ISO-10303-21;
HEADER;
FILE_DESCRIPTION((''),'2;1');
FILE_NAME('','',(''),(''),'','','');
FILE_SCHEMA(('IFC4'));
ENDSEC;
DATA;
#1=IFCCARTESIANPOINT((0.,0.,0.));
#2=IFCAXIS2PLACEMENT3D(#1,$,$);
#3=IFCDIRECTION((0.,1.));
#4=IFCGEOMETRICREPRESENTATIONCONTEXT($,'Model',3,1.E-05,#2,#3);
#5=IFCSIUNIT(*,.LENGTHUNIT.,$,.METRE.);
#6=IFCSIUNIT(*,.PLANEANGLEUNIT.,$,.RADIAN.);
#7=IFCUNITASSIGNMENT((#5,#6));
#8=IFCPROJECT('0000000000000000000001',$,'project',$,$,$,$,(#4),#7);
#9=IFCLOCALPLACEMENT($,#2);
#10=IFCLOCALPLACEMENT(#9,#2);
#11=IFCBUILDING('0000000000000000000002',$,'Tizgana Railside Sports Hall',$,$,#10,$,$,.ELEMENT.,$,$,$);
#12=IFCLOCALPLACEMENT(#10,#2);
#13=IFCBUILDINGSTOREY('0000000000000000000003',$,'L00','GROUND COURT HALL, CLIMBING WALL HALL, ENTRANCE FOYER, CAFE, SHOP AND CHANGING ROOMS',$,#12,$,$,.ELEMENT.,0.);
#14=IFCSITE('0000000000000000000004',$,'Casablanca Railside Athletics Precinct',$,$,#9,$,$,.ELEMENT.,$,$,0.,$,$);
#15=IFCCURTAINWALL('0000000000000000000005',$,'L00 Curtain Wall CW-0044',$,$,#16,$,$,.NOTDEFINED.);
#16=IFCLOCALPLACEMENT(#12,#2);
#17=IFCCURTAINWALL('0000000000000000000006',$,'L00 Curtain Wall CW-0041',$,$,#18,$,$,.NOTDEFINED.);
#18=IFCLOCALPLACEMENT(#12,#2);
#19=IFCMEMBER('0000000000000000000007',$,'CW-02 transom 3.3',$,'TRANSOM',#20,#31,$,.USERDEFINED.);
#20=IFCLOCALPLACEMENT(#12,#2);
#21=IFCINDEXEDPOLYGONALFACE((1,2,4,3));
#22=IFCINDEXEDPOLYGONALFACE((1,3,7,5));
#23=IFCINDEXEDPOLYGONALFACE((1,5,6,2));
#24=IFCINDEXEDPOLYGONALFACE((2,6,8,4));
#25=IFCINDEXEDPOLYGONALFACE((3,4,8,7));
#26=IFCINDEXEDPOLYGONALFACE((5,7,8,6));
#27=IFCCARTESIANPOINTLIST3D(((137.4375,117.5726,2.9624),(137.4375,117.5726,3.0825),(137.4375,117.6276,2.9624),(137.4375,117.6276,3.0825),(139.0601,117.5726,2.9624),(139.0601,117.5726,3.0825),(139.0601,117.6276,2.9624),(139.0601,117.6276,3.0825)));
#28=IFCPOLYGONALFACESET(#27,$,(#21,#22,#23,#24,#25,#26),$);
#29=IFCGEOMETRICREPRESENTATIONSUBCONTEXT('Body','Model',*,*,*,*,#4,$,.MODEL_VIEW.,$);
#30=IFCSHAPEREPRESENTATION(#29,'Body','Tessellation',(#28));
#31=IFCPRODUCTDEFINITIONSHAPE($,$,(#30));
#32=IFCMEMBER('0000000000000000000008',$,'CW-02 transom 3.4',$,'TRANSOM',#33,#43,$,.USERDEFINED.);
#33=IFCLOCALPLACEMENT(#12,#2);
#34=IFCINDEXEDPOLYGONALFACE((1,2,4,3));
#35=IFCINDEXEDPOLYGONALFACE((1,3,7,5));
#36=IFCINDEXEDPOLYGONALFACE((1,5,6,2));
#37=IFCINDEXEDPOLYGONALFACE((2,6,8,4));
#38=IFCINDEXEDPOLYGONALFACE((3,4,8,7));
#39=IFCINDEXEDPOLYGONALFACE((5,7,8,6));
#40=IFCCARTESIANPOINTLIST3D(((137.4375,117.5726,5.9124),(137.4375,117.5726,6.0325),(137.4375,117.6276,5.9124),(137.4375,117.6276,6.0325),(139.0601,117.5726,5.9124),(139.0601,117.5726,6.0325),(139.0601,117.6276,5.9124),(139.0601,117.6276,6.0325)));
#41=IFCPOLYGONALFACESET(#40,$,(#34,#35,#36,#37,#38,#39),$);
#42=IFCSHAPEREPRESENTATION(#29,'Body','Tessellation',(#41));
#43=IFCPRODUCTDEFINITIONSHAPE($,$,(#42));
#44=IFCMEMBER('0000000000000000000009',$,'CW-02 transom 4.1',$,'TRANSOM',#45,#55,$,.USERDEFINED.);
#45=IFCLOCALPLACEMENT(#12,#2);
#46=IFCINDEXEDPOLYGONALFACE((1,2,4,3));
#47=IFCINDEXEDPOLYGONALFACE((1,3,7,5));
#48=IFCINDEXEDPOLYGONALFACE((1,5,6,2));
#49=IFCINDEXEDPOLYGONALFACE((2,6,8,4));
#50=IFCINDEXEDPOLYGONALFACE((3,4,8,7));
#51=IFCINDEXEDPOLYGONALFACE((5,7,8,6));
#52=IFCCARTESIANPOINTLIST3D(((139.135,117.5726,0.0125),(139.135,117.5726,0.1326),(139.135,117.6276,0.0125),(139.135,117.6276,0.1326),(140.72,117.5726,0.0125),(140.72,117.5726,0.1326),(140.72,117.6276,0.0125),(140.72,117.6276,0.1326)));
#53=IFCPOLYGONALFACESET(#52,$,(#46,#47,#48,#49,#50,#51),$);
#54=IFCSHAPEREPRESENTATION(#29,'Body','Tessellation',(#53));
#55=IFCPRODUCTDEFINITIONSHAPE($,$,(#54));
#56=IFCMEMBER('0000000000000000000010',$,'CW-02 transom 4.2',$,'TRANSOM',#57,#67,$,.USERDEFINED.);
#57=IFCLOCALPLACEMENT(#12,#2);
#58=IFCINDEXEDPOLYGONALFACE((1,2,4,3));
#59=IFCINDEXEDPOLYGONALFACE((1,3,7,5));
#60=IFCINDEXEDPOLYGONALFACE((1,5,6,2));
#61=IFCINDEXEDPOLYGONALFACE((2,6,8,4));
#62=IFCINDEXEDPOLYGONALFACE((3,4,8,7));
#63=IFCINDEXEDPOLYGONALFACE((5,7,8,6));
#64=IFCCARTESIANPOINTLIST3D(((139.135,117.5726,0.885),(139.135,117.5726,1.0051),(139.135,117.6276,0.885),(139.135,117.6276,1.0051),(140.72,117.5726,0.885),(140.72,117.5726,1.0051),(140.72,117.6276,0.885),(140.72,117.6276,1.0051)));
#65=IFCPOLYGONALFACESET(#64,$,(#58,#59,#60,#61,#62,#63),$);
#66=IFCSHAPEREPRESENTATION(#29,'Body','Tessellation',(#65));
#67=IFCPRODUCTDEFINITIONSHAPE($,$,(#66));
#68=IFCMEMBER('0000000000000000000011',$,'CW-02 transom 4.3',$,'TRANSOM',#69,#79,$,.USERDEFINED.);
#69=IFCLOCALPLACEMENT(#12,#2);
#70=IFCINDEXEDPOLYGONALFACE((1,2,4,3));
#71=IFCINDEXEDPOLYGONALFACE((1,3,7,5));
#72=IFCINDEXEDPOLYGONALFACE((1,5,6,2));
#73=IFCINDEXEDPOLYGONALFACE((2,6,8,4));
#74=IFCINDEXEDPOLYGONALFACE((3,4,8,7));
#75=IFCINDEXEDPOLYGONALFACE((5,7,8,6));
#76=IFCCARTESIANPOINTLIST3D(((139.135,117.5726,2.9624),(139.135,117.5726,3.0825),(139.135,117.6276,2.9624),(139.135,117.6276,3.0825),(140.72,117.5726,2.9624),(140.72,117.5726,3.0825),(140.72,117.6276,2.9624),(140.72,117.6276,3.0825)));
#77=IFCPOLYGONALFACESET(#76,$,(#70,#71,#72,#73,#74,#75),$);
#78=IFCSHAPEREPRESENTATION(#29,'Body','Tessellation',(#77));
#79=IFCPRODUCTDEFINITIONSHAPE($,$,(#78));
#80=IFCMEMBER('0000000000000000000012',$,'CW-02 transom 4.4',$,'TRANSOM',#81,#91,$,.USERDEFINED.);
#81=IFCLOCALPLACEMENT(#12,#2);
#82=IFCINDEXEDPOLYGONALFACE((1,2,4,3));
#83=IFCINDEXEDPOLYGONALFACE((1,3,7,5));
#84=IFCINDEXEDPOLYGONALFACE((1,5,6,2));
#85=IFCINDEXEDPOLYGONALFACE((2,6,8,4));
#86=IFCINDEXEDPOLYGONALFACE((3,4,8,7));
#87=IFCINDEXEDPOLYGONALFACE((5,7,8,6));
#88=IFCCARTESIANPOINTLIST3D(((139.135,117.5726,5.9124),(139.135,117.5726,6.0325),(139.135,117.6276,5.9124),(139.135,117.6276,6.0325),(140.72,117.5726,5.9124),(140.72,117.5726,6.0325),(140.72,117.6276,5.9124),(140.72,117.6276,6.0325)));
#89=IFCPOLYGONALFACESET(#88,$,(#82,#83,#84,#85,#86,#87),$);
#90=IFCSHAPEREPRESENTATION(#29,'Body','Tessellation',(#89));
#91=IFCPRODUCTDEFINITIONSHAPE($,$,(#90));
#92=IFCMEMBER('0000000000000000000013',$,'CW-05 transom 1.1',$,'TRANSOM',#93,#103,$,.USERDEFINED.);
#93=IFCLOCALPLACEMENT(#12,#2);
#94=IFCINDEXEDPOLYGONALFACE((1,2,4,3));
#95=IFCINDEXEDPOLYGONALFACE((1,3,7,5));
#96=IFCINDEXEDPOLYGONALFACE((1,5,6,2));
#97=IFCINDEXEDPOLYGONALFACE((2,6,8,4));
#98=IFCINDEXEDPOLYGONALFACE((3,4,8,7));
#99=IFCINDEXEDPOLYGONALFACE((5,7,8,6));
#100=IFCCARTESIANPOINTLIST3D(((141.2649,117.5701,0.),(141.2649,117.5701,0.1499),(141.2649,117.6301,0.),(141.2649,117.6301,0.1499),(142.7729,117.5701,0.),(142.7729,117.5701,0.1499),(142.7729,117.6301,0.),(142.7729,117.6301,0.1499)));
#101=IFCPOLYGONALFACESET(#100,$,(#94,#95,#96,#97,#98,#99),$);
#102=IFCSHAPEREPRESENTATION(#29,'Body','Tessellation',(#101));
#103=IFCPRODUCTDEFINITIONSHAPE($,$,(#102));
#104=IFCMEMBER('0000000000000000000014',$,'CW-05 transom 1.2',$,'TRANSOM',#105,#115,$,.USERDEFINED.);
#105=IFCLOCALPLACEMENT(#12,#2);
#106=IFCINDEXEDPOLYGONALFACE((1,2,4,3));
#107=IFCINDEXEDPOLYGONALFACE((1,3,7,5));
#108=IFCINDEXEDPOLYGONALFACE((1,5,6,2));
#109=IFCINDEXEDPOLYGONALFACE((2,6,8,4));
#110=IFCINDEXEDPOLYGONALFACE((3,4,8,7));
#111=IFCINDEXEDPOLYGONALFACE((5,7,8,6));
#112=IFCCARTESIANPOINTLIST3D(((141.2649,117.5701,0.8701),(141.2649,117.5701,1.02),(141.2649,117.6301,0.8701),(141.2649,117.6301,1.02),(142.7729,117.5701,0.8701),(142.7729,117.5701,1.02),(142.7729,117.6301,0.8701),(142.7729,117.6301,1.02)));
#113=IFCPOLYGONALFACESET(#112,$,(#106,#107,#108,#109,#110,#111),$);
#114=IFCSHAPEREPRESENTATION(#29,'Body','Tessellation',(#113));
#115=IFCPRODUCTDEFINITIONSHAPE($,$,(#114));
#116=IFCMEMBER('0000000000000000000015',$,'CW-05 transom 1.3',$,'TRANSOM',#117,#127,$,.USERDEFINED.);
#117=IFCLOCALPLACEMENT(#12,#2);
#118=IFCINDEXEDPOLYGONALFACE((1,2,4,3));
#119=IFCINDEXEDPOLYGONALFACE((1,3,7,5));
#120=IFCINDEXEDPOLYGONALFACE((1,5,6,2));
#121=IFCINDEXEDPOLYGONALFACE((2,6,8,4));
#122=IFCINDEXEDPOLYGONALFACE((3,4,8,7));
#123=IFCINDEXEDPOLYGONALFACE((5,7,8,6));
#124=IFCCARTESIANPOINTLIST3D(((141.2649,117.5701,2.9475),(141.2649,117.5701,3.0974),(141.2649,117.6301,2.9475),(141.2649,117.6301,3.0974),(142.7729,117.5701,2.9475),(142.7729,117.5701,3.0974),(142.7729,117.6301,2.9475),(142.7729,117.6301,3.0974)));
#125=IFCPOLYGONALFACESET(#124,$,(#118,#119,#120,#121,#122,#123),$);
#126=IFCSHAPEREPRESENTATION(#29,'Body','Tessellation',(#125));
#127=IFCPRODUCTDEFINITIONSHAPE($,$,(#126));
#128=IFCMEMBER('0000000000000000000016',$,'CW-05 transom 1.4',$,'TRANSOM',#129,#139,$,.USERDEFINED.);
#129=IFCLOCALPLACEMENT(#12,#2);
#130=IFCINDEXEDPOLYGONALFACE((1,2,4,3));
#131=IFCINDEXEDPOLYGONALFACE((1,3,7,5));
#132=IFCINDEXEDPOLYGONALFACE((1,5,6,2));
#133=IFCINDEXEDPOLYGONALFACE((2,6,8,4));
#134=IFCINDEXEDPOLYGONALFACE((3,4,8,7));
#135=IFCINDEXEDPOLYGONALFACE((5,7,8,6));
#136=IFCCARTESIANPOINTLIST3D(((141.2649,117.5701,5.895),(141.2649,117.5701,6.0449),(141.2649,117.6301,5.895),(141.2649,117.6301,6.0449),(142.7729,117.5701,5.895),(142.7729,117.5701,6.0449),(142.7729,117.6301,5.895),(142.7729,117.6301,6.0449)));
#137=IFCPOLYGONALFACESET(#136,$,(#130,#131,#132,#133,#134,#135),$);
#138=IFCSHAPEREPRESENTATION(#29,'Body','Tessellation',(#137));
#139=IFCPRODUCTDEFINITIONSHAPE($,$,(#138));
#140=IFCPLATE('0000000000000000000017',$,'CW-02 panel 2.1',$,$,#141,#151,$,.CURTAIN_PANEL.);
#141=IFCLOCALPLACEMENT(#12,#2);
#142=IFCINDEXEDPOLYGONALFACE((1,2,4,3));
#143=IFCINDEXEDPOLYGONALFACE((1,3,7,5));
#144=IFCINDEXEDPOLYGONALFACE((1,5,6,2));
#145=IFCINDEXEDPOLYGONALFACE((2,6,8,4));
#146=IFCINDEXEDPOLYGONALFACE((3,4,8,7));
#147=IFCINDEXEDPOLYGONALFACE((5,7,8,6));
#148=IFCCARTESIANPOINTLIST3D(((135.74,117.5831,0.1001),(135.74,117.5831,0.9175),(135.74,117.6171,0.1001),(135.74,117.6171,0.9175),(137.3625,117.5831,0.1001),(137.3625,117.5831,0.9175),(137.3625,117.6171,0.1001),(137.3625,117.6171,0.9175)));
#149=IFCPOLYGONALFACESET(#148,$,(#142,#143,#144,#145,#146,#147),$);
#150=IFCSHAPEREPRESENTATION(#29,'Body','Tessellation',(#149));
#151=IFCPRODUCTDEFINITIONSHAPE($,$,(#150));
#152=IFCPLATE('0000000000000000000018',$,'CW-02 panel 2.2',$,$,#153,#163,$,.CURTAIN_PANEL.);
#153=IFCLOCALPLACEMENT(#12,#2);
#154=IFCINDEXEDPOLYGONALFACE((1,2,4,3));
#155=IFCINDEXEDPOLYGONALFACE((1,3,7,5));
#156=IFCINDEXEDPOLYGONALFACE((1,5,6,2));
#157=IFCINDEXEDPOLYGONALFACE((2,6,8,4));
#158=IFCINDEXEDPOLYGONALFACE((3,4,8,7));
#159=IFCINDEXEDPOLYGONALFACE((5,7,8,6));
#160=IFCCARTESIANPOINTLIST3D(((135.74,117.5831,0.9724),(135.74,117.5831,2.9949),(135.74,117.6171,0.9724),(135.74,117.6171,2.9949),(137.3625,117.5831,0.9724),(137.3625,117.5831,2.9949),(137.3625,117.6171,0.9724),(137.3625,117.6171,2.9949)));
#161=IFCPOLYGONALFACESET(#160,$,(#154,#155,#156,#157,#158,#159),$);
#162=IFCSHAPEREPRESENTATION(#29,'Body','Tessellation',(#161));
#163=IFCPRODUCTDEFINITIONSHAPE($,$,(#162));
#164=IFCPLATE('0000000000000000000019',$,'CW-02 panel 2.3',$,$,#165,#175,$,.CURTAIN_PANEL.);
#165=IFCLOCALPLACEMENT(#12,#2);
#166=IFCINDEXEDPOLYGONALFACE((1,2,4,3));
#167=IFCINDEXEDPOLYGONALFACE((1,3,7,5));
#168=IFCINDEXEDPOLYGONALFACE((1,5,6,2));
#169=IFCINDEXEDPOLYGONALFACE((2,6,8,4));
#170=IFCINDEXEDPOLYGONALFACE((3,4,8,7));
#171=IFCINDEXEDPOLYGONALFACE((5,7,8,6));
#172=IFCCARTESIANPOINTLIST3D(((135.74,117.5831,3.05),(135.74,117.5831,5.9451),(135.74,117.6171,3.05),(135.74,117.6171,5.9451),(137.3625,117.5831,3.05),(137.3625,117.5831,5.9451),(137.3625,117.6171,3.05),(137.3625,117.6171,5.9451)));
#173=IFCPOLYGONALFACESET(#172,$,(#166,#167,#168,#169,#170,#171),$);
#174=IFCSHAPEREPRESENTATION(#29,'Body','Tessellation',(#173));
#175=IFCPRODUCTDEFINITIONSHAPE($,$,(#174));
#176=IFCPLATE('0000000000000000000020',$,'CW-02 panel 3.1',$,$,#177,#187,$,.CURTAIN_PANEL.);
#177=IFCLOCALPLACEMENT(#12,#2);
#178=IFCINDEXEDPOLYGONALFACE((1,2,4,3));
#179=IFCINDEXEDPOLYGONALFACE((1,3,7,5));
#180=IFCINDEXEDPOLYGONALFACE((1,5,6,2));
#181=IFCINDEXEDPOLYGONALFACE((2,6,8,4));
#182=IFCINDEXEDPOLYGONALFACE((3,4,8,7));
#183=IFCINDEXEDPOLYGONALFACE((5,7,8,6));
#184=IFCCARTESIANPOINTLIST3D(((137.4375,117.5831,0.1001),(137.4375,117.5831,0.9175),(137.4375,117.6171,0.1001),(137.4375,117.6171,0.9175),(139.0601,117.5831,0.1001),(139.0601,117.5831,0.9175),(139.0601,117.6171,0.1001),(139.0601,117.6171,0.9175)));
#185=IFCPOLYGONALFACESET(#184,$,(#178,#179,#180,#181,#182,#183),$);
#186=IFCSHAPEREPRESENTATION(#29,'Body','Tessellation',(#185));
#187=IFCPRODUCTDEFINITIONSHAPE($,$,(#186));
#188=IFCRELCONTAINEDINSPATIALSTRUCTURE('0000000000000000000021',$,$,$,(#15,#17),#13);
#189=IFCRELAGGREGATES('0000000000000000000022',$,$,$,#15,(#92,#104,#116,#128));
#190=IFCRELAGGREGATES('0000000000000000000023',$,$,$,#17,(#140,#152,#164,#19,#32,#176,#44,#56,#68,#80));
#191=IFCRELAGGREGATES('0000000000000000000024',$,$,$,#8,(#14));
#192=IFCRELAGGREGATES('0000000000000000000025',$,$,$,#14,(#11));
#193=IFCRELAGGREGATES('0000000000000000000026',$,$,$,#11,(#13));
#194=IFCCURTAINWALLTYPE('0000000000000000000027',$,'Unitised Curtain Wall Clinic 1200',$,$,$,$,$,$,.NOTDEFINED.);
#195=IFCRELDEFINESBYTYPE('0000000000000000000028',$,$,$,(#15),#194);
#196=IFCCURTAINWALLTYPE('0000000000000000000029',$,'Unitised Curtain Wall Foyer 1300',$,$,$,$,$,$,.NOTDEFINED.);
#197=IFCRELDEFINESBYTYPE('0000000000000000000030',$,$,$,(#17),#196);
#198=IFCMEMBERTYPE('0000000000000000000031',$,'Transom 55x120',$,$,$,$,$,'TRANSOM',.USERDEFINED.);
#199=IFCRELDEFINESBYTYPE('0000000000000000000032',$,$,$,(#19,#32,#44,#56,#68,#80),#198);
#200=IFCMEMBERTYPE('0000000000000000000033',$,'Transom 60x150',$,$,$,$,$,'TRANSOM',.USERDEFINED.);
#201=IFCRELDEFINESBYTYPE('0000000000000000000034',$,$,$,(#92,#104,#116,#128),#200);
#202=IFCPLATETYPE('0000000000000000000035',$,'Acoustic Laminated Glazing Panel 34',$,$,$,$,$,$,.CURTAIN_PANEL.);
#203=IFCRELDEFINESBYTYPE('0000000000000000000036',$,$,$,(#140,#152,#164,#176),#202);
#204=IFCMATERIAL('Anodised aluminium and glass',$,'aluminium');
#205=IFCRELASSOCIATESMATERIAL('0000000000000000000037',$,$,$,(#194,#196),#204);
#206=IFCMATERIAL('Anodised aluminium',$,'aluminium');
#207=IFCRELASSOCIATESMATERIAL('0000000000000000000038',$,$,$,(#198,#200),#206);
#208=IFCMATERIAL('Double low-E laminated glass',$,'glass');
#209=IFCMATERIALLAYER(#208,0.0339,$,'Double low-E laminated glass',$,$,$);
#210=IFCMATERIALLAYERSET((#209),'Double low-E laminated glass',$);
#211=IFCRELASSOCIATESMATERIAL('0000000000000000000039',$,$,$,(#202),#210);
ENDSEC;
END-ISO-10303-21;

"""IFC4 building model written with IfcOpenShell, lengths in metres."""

from ifc_helpers import new_model, si_unit, direction, frame, origin, origin_2d, place, context, subcontext, project, spatial, rectangle, extrude, material, layer, layer_set, material_profile, profile_set, type_object, element, aggregate, save


model = new_model("IFC4")

# Units and contexts
model_context = context("Model", 3, precision=1e-05, world=origin(), true_north=direction((0.0, 1.0)))
body_context = subcontext(model_context, "Body", "Model", "MODEL_VIEW")
ifc_project = project(units=[si_unit("LENGTHUNIT", "METRE"), si_unit("PLANEANGLEUNIT", "RADIAN")], contexts=[model_context])

# Site, building, storey
site_placement = place(None, origin())
site = spatial("IfcSite", under=ifc_project, at=site_placement, Name="Casablanca Railside Athletics Precinct", CompositionType="ELEMENT", RefElevation=0.0)
building_placement = place(site_placement, origin())
building = spatial("IfcBuilding", under=site, at=building_placement, Name="Tizgana Railside Sports Hall", CompositionType="ELEMENT")
storey_placement = place(building_placement, origin())
storey = spatial("IfcBuildingStorey", under=building, at=storey_placement, Name="L00", Description="GROUND COURT HALL, CLIMBING WALL HALL, ENTRANCE FOYER, CAFE, SHOP AND CHANGING ROOMS", CompositionType="ELEMENT", Elevation=0.0)

# Curtain wall
ifc_material_1 = material(Name="Anodised aluminium and glass", Category="aluminium")
curtain_wall_type_1 = type_object("IfcCurtainWallType", Name="Unitised Curtain Wall Clinic 1200", PredefinedType="NOTDEFINED", material=ifc_material_1)
curtain_wall_1_placement = place(storey_placement, origin())
curtain_wall_1 = element("IfcCurtainWall", 1, at=curtain_wall_1_placement, inside=storey, type_object=curtain_wall_type_1, Name="L00 Curtain Wall CW-0044", PredefinedType="NOTDEFINED")
ifc_material_2 = material(Name="Anodised aluminium", Category="aluminium")

# Curtain wall, members
curtain_wall_type_2 = type_object("IfcCurtainWallType", Name="Unitised Curtain Wall Foyer 1300", PredefinedType="NOTDEFINED", material=ifc_material_1)
curtain_wall_2_placement = place(storey_placement, origin())
curtain_wall_2 = element("IfcCurtainWall", 2, at=curtain_wall_2_placement, inside=storey, type_object=curtain_wall_type_2, Name="L00 Curtain Wall CW-0041", PredefinedType="NOTDEFINED")
ifc_material_profile_1 = material_profile(ifc_material_2, rectangle(XDim=0.0549, YDim=0.1201, at=origin_2d()), Name="Transom 55x120")
ifc_profile_set_1 = profile_set([ifc_material_profile_1], Name="Anodised aluminium")
member_type_1 = type_object("IfcMemberType", Name="Transom 55x120", ElementType="TRANSOM", PredefinedType="USERDEFINED", material=ifc_profile_set_1)
member_1_placement = place(storey_placement, frame((137.4375, 117.6001, 3.0225), z_axis=(1.0, 0.0, 0.0), x_axis=(0.0, 1.0, 0.0)))
member_1 = element("IfcMember", 3, at=member_1_placement, type_object=member_type_1, Name="CW-02 transom 3.3", ObjectType="TRANSOM", PredefinedType="USERDEFINED", context=body_context, shape_type="SweptSolid", body=[
    extrude(rectangle(XDim=0.0549, YDim=0.1201, at=origin_2d()), origin(), (0.0, 0.0, 1.0), 1.6226),
])
member_2_placement = place(storey_placement, frame((137.4375, 117.6001, 5.9724), z_axis=(1.0, 0.0, 0.0), x_axis=(0.0, 1.0, 0.0)))
member_2 = element("IfcMember", 4, at=member_2_placement, type_object=member_type_1, Name="CW-02 transom 3.4", ObjectType="TRANSOM", PredefinedType="USERDEFINED", context=body_context, shape_type="SweptSolid", body=[
    extrude(rectangle(XDim=0.0549, YDim=0.1201, at=origin_2d()), origin(), (0.0, 0.0, 1.0), 1.6226),
])
member_3_placement = place(storey_placement, frame((139.135, 117.6001, 0.0725), z_axis=(1.0, 0.0, 0.0), x_axis=(0.0, 1.0, 0.0)))
member_3 = element("IfcMember", 5, at=member_3_placement, type_object=member_type_1, Name="CW-02 transom 4.1", ObjectType="TRANSOM", PredefinedType="USERDEFINED", context=body_context, shape_type="SweptSolid", body=[
    extrude(rectangle(XDim=0.0549, YDim=0.1201, at=origin_2d()), origin(), (0.0, 0.0, 1.0), 1.585),
])
member_4_placement = place(storey_placement, frame((139.135, 117.6001, 0.9451), z_axis=(1.0, 0.0, 0.0), x_axis=(0.0, 1.0, 0.0)))
member_4 = element("IfcMember", 6, at=member_4_placement, type_object=member_type_1, Name="CW-02 transom 4.2", ObjectType="TRANSOM", PredefinedType="USERDEFINED", context=body_context, shape_type="SweptSolid", body=[
    extrude(rectangle(XDim=0.0549, YDim=0.1201, at=origin_2d()), origin(), (0.0, 0.0, 1.0), 1.585),
])
member_5_placement = place(storey_placement, frame((139.135, 117.6001, 3.0225), z_axis=(1.0, 0.0, 0.0), x_axis=(0.0, 1.0, 0.0)))
member_5 = element("IfcMember", 7, at=member_5_placement, type_object=member_type_1, Name="CW-02 transom 4.3", ObjectType="TRANSOM", PredefinedType="USERDEFINED", context=body_context, shape_type="SweptSolid", body=[
    extrude(rectangle(XDim=0.0549, YDim=0.1201, at=origin_2d()), origin(), (0.0, 0.0, 1.0), 1.585),
])
member_6_placement = place(storey_placement, frame((139.135, 117.6001, 5.9724), z_axis=(1.0, 0.0, 0.0), x_axis=(0.0, 1.0, 0.0)))
member_6 = element("IfcMember", 8, at=member_6_placement, type_object=member_type_1, Name="CW-02 transom 4.4", ObjectType="TRANSOM", PredefinedType="USERDEFINED", context=body_context, shape_type="SweptSolid", body=[
    extrude(rectangle(XDim=0.0549, YDim=0.1201, at=origin_2d()), origin(), (0.0, 0.0, 1.0), 1.585),
])

# Members
ifc_material_profile_2 = material_profile(ifc_material_2, rectangle(XDim=0.0601, YDim=0.1499, at=origin_2d()), Name="Transom 60x150")
ifc_profile_set_2 = profile_set([ifc_material_profile_2], Name="Anodised aluminium")
member_type_2 = type_object("IfcMemberType", Name="Transom 60x150", ElementType="TRANSOM", PredefinedType="USERDEFINED", material=ifc_profile_set_2)
member_7_placement = place(storey_placement, frame((141.2649, 117.6001, 0.075), z_axis=(1.0, 0.0, 0.0), x_axis=(0.0, 1.0, 0.0)))
member_7 = element("IfcMember", 9, at=member_7_placement, type_object=member_type_2, Name="CW-05 transom 1.1", ObjectType="TRANSOM", PredefinedType="USERDEFINED", context=body_context, shape_type="SweptSolid", body=[
    extrude(rectangle(XDim=0.0601, YDim=0.1499, at=origin_2d()), origin(), (0.0, 0.0, 1.0), 1.5081),
])
member_8_placement = place(storey_placement, frame((141.2649, 117.6001, 0.9451), z_axis=(1.0, 0.0, 0.0), x_axis=(0.0, 1.0, 0.0)))
member_8 = element("IfcMember", 10, at=member_8_placement, type_object=member_type_2, Name="CW-05 transom 1.2", ObjectType="TRANSOM", PredefinedType="USERDEFINED", context=body_context, shape_type="SweptSolid", body=[
    extrude(rectangle(XDim=0.0601, YDim=0.1499, at=origin_2d()), origin(), (0.0, 0.0, 1.0), 1.5081),
])
member_9_placement = place(storey_placement, frame((141.2649, 117.6001, 3.0225), z_axis=(1.0, 0.0, 0.0), x_axis=(0.0, 1.0, 0.0)))
member_9 = element("IfcMember", 11, at=member_9_placement, type_object=member_type_2, Name="CW-05 transom 1.3", ObjectType="TRANSOM", PredefinedType="USERDEFINED", context=body_context, shape_type="SweptSolid", body=[
    extrude(rectangle(XDim=0.0601, YDim=0.1499, at=origin_2d()), origin(), (0.0, 0.0, 1.0), 1.5081),
])
member_10_placement = place(storey_placement, frame((141.2649, 117.6001, 5.97), z_axis=(1.0, 0.0, 0.0), x_axis=(0.0, 1.0, 0.0)))
member_10 = element("IfcMember", 12, at=member_10_placement, type_object=member_type_2, Name="CW-05 transom 1.4", ObjectType="TRANSOM", PredefinedType="USERDEFINED", context=body_context, shape_type="SweptSolid", body=[
    extrude(rectangle(XDim=0.0601, YDim=0.1499, at=origin_2d()), origin(), (0.0, 0.0, 1.0), 1.5081),
])
aggregate(curtain_wall_1, [member_7, member_8, member_9, member_10])

# Plates
ifc_material_3 = material(Name="Double low-E laminated glass", Category="glass")
ifc_layer = layer(ifc_material_3, 0.0339, Name="Double low-E laminated glass")
ifc_layer_set = layer_set([ifc_layer], Name="Double low-E laminated glass")
plate_type = type_object("IfcPlateType", Name="Acoustic Laminated Glazing Panel 34", PredefinedType="CURTAIN_PANEL", material=ifc_layer_set)
plate_1_placement = place(storey_placement, frame((136.5513, 117.6001, 0.1001), z_axis=(0.0, 0.0, 1.0), x_axis=(1.0, 0.0, 0.0)))
plate_1 = element("IfcPlate", 13, at=plate_1_placement, type_object=plate_type, Name="CW-02 panel 2.1", PredefinedType="CURTAIN_PANEL", context=body_context, shape_type="SweptSolid", body=[
    extrude(rectangle(XDim=1.6226, YDim=0.0339, at=origin_2d()), origin(), (0.0, 0.0, 1.0), 0.8174),
])
plate_2_placement = place(storey_placement, frame((136.5513, 117.6001, 0.9724), z_axis=(0.0, 0.0, 1.0), x_axis=(1.0, 0.0, 0.0)))
plate_2 = element("IfcPlate", 14, at=plate_2_placement, type_object=plate_type, Name="CW-02 panel 2.2", PredefinedType="CURTAIN_PANEL", context=body_context, shape_type="SweptSolid", body=[
    extrude(rectangle(XDim=1.6226, YDim=0.0339, at=origin_2d()), origin(), (0.0, 0.0, 1.0), 2.0225),
])
plate_3_placement = place(storey_placement, frame((136.5513, 117.6001, 3.05), z_axis=(0.0, 0.0, 1.0), x_axis=(1.0, 0.0, 0.0)))
plate_3 = element("IfcPlate", 15, at=plate_3_placement, type_object=plate_type, Name="CW-02 panel 2.3", PredefinedType="CURTAIN_PANEL", context=body_context, shape_type="SweptSolid", body=[
    extrude(rectangle(XDim=1.6226, YDim=0.0339, at=origin_2d()), origin(), (0.0, 0.0, 1.0), 2.895),
])
plate_4_placement = place(storey_placement, frame((138.2488, 117.6001, 0.1001), z_axis=(0.0, 0.0, 1.0), x_axis=(1.0, 0.0, 0.0)))
plate_4 = element("IfcPlate", 16, at=plate_4_placement, type_object=plate_type, Name="CW-02 panel 3.1", PredefinedType="CURTAIN_PANEL", context=body_context, shape_type="SweptSolid", body=[
    extrude(rectangle(XDim=1.6226, YDim=0.0339, at=origin_2d()), origin(), (0.0, 0.0, 1.0), 0.8174),
])
aggregate(curtain_wall_2, [plate_1, plate_2, plate_3, member_1, member_2, plate_4, member_3, member_4, member_5, member_6])

save(model, "model.ifc")
